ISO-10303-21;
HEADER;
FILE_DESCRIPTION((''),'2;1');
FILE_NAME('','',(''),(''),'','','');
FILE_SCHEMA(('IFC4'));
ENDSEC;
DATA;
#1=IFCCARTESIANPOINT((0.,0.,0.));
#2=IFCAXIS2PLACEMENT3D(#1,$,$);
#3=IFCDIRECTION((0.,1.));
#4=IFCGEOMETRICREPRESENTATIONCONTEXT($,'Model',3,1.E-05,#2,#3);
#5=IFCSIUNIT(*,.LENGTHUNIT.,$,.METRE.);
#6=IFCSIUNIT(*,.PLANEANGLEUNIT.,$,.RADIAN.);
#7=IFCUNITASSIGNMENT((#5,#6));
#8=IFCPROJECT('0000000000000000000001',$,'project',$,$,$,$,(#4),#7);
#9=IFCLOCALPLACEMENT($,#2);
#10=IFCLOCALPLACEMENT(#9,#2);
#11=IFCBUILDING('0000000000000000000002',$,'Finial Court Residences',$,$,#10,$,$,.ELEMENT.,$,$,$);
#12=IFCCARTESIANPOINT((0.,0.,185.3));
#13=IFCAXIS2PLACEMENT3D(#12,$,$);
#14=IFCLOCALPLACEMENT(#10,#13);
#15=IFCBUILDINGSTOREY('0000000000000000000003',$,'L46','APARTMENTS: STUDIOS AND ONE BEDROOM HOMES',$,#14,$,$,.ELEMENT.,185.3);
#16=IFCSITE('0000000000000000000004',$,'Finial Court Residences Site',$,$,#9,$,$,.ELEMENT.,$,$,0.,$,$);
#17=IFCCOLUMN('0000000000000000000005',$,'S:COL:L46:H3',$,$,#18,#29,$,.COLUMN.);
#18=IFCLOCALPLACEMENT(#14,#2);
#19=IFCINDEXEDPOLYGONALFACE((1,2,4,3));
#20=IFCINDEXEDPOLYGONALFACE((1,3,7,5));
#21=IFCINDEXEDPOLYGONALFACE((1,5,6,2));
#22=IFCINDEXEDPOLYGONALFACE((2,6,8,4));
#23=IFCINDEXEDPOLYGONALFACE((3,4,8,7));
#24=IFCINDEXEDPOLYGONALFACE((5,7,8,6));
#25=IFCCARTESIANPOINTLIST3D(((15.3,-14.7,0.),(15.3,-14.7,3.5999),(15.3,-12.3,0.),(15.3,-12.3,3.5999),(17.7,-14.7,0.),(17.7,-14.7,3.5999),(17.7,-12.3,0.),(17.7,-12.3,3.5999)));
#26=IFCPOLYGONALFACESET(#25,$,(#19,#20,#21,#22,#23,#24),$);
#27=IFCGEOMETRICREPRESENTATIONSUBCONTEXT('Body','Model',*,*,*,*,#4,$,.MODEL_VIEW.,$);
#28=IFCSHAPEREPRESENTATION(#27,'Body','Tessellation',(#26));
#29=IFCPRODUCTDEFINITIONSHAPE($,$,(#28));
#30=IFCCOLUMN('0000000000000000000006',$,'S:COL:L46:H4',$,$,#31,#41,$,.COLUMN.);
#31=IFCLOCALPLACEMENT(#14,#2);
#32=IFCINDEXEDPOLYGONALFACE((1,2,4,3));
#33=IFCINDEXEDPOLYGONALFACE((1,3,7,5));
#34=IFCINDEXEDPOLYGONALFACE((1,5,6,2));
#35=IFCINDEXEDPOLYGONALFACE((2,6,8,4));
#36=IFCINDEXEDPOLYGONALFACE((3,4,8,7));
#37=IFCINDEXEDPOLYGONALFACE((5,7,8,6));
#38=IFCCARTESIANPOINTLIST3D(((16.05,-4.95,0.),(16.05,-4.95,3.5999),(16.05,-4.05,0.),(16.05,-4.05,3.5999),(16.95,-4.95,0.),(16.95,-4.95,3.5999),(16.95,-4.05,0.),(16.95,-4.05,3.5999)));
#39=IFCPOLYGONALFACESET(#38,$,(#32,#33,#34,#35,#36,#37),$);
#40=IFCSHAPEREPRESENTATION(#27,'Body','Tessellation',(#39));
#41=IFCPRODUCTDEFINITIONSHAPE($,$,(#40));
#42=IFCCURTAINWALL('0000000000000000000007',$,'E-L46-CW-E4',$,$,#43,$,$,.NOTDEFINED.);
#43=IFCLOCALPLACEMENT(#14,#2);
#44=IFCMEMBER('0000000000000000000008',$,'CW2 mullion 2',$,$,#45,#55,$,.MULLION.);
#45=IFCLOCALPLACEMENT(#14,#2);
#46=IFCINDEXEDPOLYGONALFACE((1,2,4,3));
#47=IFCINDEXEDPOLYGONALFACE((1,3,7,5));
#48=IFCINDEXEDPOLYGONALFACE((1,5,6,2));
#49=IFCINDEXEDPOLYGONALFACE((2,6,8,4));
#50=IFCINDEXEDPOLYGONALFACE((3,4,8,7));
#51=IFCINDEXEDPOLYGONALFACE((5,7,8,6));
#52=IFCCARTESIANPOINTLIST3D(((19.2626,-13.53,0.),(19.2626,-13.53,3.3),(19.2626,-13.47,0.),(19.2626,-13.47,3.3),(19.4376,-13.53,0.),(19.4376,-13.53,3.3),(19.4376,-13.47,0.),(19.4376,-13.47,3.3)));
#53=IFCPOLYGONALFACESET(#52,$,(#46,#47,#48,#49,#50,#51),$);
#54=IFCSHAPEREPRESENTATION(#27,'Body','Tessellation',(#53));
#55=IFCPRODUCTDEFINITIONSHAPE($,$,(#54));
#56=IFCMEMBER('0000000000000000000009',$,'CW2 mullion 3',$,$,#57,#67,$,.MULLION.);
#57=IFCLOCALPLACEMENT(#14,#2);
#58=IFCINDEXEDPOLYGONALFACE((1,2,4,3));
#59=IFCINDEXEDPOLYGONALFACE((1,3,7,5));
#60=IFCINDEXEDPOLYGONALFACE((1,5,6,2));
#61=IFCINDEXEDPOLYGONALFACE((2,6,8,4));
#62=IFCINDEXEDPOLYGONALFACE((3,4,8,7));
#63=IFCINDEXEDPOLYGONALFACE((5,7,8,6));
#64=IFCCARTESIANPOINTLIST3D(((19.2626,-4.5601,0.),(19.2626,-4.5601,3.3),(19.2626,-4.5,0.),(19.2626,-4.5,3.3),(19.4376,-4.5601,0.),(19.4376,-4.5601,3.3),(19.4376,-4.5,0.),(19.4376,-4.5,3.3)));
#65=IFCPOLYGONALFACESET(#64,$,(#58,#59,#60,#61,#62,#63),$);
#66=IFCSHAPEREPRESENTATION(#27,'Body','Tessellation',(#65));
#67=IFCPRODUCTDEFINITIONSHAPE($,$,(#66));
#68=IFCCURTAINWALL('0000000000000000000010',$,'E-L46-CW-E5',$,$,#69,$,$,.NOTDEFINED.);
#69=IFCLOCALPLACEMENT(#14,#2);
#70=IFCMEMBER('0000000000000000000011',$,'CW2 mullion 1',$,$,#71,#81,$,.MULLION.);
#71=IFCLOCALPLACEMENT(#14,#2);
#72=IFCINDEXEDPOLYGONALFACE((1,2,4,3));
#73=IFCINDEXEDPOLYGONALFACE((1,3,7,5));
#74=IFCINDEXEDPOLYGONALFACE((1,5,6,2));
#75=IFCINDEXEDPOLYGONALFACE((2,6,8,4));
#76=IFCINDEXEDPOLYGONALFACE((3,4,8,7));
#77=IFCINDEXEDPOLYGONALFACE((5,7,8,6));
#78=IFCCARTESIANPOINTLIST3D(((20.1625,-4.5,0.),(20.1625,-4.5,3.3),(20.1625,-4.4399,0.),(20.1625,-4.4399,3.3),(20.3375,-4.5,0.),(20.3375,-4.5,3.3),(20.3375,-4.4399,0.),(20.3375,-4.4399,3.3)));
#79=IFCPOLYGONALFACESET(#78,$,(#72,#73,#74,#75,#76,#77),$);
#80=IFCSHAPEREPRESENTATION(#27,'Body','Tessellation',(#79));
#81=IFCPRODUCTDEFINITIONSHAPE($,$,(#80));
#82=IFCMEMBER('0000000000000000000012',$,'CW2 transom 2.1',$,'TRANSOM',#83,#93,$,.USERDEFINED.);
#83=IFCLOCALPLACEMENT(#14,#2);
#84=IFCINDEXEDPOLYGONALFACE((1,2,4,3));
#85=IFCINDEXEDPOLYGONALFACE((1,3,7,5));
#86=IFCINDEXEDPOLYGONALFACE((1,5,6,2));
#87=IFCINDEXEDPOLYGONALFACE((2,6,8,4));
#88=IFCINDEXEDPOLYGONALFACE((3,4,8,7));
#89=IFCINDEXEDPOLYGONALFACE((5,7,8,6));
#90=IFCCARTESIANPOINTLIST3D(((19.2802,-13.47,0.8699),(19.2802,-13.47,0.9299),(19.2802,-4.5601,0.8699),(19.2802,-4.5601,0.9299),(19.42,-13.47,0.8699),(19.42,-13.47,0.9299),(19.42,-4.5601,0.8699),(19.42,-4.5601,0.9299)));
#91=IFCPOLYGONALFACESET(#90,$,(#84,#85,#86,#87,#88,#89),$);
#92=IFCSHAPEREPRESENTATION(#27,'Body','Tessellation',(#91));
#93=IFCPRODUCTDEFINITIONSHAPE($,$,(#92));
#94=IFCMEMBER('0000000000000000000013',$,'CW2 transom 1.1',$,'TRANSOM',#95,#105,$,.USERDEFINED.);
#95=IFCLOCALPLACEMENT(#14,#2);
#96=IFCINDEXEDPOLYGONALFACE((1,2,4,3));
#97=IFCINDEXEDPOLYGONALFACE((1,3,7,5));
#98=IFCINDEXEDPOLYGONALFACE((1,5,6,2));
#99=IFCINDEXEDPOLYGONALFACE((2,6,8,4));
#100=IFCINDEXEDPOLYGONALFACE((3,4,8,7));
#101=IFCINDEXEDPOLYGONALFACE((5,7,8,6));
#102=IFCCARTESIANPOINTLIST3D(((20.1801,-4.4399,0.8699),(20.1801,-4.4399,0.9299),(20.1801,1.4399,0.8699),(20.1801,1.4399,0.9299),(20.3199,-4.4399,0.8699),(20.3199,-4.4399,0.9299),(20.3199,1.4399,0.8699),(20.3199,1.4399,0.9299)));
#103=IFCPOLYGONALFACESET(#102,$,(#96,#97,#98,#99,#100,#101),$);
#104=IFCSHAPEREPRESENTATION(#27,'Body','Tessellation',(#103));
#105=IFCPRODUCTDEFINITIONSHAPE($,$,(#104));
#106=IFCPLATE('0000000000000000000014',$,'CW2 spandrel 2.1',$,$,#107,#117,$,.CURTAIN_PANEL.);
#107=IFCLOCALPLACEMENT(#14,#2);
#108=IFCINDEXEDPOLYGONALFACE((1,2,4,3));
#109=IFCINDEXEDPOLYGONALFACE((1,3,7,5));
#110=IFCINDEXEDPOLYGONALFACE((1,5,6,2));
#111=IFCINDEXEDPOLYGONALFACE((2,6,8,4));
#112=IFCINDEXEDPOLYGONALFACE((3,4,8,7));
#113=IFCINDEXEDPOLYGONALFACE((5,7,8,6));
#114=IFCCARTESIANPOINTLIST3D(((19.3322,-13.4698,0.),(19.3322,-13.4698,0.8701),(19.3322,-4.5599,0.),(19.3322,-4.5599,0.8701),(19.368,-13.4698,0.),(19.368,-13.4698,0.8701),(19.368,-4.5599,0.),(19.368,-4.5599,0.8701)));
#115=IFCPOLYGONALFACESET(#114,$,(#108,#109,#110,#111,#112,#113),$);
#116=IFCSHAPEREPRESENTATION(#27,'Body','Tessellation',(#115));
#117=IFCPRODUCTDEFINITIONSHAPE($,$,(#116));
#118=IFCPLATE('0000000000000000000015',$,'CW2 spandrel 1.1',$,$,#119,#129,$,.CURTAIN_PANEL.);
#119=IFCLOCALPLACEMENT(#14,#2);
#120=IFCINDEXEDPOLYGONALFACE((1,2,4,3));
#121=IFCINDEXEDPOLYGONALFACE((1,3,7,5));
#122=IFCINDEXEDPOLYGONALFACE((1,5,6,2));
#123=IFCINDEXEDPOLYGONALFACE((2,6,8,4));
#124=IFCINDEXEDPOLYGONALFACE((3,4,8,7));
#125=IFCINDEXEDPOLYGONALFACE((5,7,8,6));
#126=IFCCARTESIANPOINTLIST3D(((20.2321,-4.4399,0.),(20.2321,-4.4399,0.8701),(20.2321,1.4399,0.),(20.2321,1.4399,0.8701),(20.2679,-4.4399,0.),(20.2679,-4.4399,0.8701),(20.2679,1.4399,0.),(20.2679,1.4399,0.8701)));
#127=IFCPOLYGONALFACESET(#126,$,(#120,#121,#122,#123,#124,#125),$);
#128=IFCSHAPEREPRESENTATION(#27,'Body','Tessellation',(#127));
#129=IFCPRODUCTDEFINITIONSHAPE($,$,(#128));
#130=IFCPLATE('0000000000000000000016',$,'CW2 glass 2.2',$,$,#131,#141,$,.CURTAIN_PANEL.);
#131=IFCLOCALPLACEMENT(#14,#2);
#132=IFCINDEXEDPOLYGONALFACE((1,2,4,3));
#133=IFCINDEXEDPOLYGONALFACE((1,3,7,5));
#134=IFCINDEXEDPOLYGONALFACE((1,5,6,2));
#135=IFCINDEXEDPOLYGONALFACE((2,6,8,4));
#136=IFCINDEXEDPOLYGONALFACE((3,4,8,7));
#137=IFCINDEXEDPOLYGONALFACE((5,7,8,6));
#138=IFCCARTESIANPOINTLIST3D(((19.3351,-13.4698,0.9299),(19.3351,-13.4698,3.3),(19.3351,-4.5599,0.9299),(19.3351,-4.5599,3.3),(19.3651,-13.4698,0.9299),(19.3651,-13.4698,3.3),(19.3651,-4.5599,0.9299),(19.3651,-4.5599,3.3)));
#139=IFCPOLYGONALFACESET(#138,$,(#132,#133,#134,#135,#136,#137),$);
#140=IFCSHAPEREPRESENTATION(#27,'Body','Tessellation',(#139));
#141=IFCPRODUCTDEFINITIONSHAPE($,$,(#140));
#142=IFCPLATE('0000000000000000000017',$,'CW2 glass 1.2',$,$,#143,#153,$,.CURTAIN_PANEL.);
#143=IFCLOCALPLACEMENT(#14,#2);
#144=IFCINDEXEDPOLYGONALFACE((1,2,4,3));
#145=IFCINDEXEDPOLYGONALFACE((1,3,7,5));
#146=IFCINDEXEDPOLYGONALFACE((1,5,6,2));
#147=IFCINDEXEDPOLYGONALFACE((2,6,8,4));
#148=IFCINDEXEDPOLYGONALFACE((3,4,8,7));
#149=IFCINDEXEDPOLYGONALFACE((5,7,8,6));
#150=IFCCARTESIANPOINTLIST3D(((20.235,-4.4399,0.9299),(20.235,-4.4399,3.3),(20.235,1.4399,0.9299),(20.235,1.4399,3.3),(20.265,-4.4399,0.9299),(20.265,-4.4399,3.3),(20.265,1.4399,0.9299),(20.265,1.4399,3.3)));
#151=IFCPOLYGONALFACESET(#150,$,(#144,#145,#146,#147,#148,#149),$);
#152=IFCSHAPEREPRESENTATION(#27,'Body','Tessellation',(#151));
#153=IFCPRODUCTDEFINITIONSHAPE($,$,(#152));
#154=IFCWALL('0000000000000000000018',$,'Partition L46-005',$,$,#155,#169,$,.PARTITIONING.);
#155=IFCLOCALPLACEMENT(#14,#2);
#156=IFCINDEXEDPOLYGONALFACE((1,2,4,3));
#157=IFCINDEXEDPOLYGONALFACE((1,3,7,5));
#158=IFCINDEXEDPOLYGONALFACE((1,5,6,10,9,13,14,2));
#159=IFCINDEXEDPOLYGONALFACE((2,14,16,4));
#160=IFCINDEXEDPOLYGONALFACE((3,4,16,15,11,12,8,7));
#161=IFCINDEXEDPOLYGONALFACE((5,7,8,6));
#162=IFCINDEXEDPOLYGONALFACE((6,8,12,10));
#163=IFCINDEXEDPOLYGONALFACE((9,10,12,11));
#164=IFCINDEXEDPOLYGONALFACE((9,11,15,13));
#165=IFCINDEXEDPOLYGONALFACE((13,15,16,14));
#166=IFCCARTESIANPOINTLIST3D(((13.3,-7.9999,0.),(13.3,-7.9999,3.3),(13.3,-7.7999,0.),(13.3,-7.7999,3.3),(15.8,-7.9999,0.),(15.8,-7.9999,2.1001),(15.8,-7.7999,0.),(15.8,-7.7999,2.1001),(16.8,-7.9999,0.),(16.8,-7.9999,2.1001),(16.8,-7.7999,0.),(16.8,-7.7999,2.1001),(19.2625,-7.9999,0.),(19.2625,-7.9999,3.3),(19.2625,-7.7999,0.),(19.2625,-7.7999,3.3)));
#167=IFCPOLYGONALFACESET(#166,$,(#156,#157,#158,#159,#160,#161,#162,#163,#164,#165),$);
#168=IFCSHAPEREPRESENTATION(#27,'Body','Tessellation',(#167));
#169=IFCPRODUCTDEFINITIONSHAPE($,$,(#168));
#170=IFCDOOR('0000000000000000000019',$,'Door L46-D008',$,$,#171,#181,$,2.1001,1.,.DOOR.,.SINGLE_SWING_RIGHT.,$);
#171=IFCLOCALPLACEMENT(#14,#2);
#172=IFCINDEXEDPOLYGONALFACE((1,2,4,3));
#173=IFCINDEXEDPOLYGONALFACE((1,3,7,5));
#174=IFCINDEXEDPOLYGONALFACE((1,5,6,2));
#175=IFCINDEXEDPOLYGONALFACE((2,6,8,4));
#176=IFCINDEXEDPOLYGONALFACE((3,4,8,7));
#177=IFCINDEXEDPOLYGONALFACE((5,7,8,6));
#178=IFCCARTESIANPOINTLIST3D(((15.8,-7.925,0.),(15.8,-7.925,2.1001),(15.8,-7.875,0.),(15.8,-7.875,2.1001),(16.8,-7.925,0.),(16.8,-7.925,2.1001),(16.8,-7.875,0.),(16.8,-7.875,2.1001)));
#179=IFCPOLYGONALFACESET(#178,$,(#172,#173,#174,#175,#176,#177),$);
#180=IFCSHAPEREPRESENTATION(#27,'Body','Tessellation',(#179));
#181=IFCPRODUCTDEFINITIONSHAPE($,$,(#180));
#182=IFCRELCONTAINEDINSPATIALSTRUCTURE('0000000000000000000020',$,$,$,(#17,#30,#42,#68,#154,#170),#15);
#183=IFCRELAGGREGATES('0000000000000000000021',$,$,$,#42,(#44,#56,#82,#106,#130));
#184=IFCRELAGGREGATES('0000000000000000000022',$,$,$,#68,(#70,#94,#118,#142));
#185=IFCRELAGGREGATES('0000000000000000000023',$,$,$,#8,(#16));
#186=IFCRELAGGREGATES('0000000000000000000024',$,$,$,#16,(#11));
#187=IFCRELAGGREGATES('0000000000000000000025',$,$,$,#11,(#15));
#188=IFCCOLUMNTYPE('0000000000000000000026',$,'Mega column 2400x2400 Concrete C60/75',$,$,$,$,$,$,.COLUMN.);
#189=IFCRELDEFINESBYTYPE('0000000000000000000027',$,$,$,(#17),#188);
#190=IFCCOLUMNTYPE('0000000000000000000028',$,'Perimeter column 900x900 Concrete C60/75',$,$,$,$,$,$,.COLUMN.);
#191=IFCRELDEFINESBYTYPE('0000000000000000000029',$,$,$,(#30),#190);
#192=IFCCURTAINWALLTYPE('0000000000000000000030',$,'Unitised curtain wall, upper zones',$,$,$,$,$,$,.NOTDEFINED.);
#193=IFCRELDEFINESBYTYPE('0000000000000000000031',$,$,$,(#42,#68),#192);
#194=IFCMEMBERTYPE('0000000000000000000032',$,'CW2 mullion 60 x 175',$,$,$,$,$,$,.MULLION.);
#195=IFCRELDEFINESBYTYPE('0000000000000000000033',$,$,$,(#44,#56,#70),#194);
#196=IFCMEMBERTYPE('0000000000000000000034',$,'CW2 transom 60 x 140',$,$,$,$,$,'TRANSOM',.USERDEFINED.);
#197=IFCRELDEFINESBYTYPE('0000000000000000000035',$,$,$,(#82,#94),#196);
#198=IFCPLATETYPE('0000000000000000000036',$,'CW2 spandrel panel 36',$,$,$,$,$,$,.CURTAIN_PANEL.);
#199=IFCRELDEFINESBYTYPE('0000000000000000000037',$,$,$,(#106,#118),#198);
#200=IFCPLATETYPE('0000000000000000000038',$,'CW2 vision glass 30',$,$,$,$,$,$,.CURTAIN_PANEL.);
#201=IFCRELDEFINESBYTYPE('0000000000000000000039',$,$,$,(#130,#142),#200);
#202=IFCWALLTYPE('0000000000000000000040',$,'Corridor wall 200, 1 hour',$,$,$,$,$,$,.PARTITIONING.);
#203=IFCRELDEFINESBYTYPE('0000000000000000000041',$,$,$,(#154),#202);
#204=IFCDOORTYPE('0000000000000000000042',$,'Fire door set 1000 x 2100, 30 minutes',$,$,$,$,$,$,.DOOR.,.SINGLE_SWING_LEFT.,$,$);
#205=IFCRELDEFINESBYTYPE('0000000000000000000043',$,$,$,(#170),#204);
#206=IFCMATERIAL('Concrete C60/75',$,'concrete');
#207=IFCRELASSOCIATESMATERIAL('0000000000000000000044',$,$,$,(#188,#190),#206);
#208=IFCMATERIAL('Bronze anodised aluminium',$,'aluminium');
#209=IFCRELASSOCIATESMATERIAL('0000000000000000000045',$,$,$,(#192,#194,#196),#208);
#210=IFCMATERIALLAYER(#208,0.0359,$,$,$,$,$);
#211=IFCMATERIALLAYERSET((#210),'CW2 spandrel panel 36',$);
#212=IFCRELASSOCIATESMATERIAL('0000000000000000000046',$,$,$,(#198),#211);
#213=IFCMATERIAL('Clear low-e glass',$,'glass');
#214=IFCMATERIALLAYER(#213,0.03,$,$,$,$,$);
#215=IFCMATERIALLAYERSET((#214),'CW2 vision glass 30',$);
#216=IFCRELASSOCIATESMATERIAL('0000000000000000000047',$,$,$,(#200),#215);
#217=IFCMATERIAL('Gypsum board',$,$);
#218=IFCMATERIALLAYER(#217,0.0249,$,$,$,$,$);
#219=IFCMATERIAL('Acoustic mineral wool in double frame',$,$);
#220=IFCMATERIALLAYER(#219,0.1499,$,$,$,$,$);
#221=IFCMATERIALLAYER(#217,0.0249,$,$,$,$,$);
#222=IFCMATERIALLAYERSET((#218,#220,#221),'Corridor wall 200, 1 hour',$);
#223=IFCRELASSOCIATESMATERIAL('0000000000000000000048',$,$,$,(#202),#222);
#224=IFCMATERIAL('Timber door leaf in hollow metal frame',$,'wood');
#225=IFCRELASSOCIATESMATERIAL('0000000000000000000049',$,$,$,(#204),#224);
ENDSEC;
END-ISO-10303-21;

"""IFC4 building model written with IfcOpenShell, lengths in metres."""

from ifc_helpers import new_model, si_unit, direction, frame, frame_2d, origin, origin_2d, place, context, subcontext, project, spatial, rectangle, extrude, material, layer, layer_set, material_profile, profile_set, type_object, element, fill, aggregate, save


model = new_model("IFC4")

# Units and contexts
model_context = context("Model", 3, precision=1e-05, world=origin(), true_north=direction((0.0, 1.0)))
body_context = subcontext(model_context, "Body", "Model", "MODEL_VIEW")
ifc_project = project(units=[si_unit("LENGTHUNIT", "METRE"), si_unit("PLANEANGLEUNIT", "RADIAN")], contexts=[model_context])

# Site, building, storey
site_placement = place(None, origin())
site = spatial("IfcSite", under=ifc_project, at=site_placement, Name="Finial Court Residences Site", CompositionType="ELEMENT", RefElevation=0.0)
building_placement = place(site_placement, origin())
building = spatial("IfcBuilding", under=site, at=building_placement, Name="Finial Court Residences", CompositionType="ELEMENT")
storey_placement = place(building_placement, frame((0.0, 0.0, 185.3)))
storey = spatial("IfcBuildingStorey", under=building, at=storey_placement, Name="L46", Description="APARTMENTS: STUDIOS AND ONE BEDROOM HOMES", CompositionType="ELEMENT", Elevation=185.3)

# Columns
ifc_material_1 = material(Name="Concrete C60/75", Category="concrete")
ifc_material_profile_1 = material_profile(ifc_material_1, rectangle(XDim=2.3999, YDim=2.3999, at=origin_2d()), Name="2400x2400")
ifc_profile_set_1 = profile_set([ifc_material_profile_1], Name="Concrete C60/75")
column_type_1 = type_object("IfcColumnType", Name="Mega column 2400x2400 Concrete C60/75", PredefinedType="COLUMN", material=ifc_profile_set_1)
column_1_placement = place(storey_placement, frame((16.5, -13.5, 0.0), z_axis=(0.0, 0.0, 1.0), x_axis=(1.0, 0.0, 0.0)))
element("IfcColumn", 1, at=column_1_placement, inside=storey, type_object=column_type_1, Name="S:COL:L46:H3", PredefinedType="COLUMN", context=body_context, shape_type="SweptSolid", body=[
    extrude(rectangle(XDim=2.3999, YDim=2.3999, at=origin_2d()), origin(), (0.0, 0.0, 1.0), 3.5999),
])
ifc_material_profile_2 = material_profile(ifc_material_1, rectangle(XDim=0.8999, YDim=0.8999, at=origin_2d()), Name="900x900")
ifc_profile_set_2 = profile_set([ifc_material_profile_2], Name="Concrete C60/75")
column_type_2 = type_object("IfcColumnType", Name="Perimeter column 900x900 Concrete C60/75", PredefinedType="COLUMN", material=ifc_profile_set_2)
column_2_placement = place(storey_placement, frame((16.5, -4.5, 0.0), z_axis=(0.0, 0.0, 1.0), x_axis=(1.0, 0.0, 0.0)))
element("IfcColumn", 2, at=column_2_placement, inside=storey, type_object=column_type_2, Name="S:COL:L46:H4", PredefinedType="COLUMN", context=body_context, shape_type="SweptSolid", body=[
    extrude(rectangle(XDim=0.8999, YDim=0.8999, at=origin_2d()), origin(), (0.0, 0.0, 1.0), 3.5999),
])

# Curtain wall, members
ifc_material_2 = material(Name="Bronze anodised aluminium", Category="aluminium")
curtain_wall_type = type_object("IfcCurtainWallType", Name="Unitised curtain wall, upper zones", PredefinedType="NOTDEFINED", material=ifc_material_2)
curtain_wall_1_placement = place(storey_placement, origin())
curtain_wall_1 = element("IfcCurtainWall", 3, at=curtain_wall_1_placement, inside=storey, type_object=curtain_wall_type, Name="E-L46-CW-E4", PredefinedType="NOTDEFINED")
ifc_material_profile_3 = material_profile(ifc_material_2, rectangle(XDim=0.175, YDim=0.0601, at=origin_2d()), Name="CW2 mullion 60 x 175")
ifc_profile_set_3 = profile_set([ifc_material_profile_3], Name="Bronze anodised aluminium")
member_type_1 = type_object("IfcMemberType", Name="CW2 mullion 60 x 175", PredefinedType="MULLION", material=ifc_profile_set_3)
member_1_placement = place(storey_placement, frame((19.3501, -13.5, 0.0), z_axis=(0.0, 0.0, 1.0), x_axis=(-1.0, 0.0, 0.0)))
member_1 = element("IfcMember", 4, at=member_1_placement, type_object=member_type_1, Name="CW2 mullion 2", PredefinedType="MULLION", context=body_context, shape_type="SweptSolid", body=[
    extrude(rectangle(XDim=0.175, YDim=0.0601, at=origin_2d()), origin(), (0.0, 0.0, 1.0), 3.3),
])
member_2_placement = place(storey_placement, frame((19.3501, -4.53, 0.0), z_axis=(0.0, 0.0, 1.0), x_axis=(-1.0, 0.0, 0.0)))
member_2 = element("IfcMember", 5, at=member_2_placement, type_object=member_type_1, Name="CW2 mullion 3", PredefinedType="MULLION", context=body_context, shape_type="SweptSolid", body=[
    extrude(rectangle(XDim=0.175, YDim=0.0601, at=origin_2d()), origin(), (0.0, 0.0, 1.0), 3.3),
])

# Curtain wall, member
curtain_wall_2_placement = place(storey_placement, origin())
curtain_wall_2 = element("IfcCurtainWall", 6, at=curtain_wall_2_placement, inside=storey, type_object=curtain_wall_type, Name="E-L46-CW-E5", PredefinedType="NOTDEFINED")
member_3_placement = place(storey_placement, frame((20.25, -4.47, 0.0), z_axis=(0.0, 0.0, 1.0), x_axis=(-1.0, 0.0, 0.0)))
member_3 = element("IfcMember", 7, at=member_3_placement, type_object=member_type_1, Name="CW2 mullion 1", PredefinedType="MULLION", context=body_context, shape_type="SweptSolid", body=[
    extrude(rectangle(XDim=0.175, YDim=0.0601, at=origin_2d()), origin(), (0.0, 0.0, 1.0), 3.3),
])

# Members
ifc_material_profile_4 = material_profile(ifc_material_2, rectangle(XDim=0.1399, YDim=0.0601, at=origin_2d()), Name="CW2 transom 60 x 140")
ifc_profile_set_4 = profile_set([ifc_material_profile_4], Name="Bronze anodised aluminium")
member_type_2 = type_object("IfcMemberType", Name="CW2 transom 60 x 140", ElementType="TRANSOM", PredefinedType="USERDEFINED", material=ifc_profile_set_4)
member_4_placement = place(storey_placement, frame((19.3501, -13.47, 0.8999), z_axis=(0.0, 1.0, 0.0), x_axis=(-1.0, 0.0, 0.0)))
member_4 = element("IfcMember", 8, at=member_4_placement, type_object=member_type_2, Name="CW2 transom 2.1", ObjectType="TRANSOM", PredefinedType="USERDEFINED", context=body_context, shape_type="SweptSolid", body=[
    extrude(rectangle(XDim=0.1399, YDim=0.0601, at=origin_2d()), origin(), (0.0, 0.0, 1.0), 8.9099),
])
member_5_placement = place(storey_placement, frame((20.25, -4.4399, 0.8999), z_axis=(0.0, 1.0, 0.0), x_axis=(-1.0, 0.0, 0.0)))
member_5 = element("IfcMember", 9, at=member_5_placement, type_object=member_type_2, Name="CW2 transom 1.1", ObjectType="TRANSOM", PredefinedType="USERDEFINED", context=body_context, shape_type="SweptSolid", body=[
    extrude(rectangle(XDim=0.1399, YDim=0.0601, at=origin_2d()), origin(), (0.0, 0.0, 1.0), 5.8799),
])

# Plates
ifc_layer_1 = layer(ifc_material_2, 0.0359)
ifc_layer_set_1 = layer_set([ifc_layer_1], Name="CW2 spandrel panel 36")
plate_type_1 = type_object("IfcPlateType", Name="CW2 spandrel panel 36", PredefinedType="CURTAIN_PANEL", material=ifc_layer_set_1)
plate_1_placement = place(storey_placement, frame((19.3501, -9.0149, 0.0), z_axis=(0.0, 0.0, 1.0), x_axis=(0.0, 1.0, 0.0)))
plate_1 = element("IfcPlate", 10, at=plate_1_placement, type_object=plate_type_1, Name="CW2 spandrel 2.1", PredefinedType="CURTAIN_PANEL", context=body_context, shape_type="SweptSolid", body=[
    extrude(rectangle(XDim=8.9099, YDim=0.0359, at=origin_2d()), origin(), (0.0, 0.0, 1.0), 0.8701),
])
plate_2_placement = place(storey_placement, frame((20.25, -1.5, 0.0), z_axis=(0.0, 0.0, 1.0), x_axis=(0.0, 1.0, 0.0)))
plate_2 = element("IfcPlate", 11, at=plate_2_placement, type_object=plate_type_1, Name="CW2 spandrel 1.1", PredefinedType="CURTAIN_PANEL", context=body_context, shape_type="SweptSolid", body=[
    extrude(rectangle(XDim=5.8799, YDim=0.0359, at=origin_2d()), origin(), (0.0, 0.0, 1.0), 0.8701),
])
ifc_material_3 = material(Name="Clear low-e glass", Category="glass")
ifc_layer_2 = layer(ifc_material_3, 0.03)
ifc_layer_set_2 = layer_set([ifc_layer_2], Name="CW2 vision glass 30")
plate_type_2 = type_object("IfcPlateType", Name="CW2 vision glass 30", PredefinedType="CURTAIN_PANEL", material=ifc_layer_set_2)
plate_3_placement = place(storey_placement, frame((19.3501, -9.0149, 0.9299), z_axis=(0.0, 0.0, 1.0), x_axis=(0.0, 1.0, 0.0)))
plate_3 = element("IfcPlate", 12, at=plate_3_placement, type_object=plate_type_2, Name="CW2 glass 2.2", PredefinedType="CURTAIN_PANEL", context=body_context, shape_type="SweptSolid", body=[
    extrude(rectangle(XDim=8.9099, YDim=0.03, at=origin_2d()), origin(), (0.0, 0.0, 1.0), 2.3701),
])
aggregate(curtain_wall_1, [member_1, member_2, member_4, plate_1, plate_3])
plate_4_placement = place(storey_placement, frame((20.25, -1.5, 0.9299), z_axis=(0.0, 0.0, 1.0), x_axis=(0.0, 1.0, 0.0)))
plate_4 = element("IfcPlate", 13, at=plate_4_placement, type_object=plate_type_2, Name="CW2 glass 1.2", PredefinedType="CURTAIN_PANEL", context=body_context, shape_type="SweptSolid", body=[
    extrude(rectangle(XDim=5.8799, YDim=0.03, at=origin_2d()), origin(), (0.0, 0.0, 1.0), 2.3701),
])
aggregate(curtain_wall_2, [member_3, member_5, plate_2, plate_4])

# Wall, opening, door
ifc_material_4 = material(Name="Gypsum board")
ifc_layer_3 = layer(ifc_material_4, 0.0249)
ifc_material_5 = material(Name="Acoustic mineral wool in double frame")
ifc_layer_4 = layer(ifc_material_5, 0.1499)
ifc_layer_5 = layer(ifc_material_4, 0.0249)
ifc_layer_set_3 = layer_set([ifc_layer_3, ifc_layer_4, ifc_layer_5], Name="Corridor wall 200, 1 hour")
wall_type_1 = type_object("IfcWallType", Name="Corridor wall 200, 1 hour", PredefinedType="PARTITIONING", material=ifc_layer_set_3)
wall_1_placement = place(storey_placement, frame((13.3, -7.8999, 0.0), z_axis=(0.0, 0.0, 1.0), x_axis=(1.0, 0.0, 0.0)))
wall_1 = element("IfcWall", 14, at=wall_1_placement, inside=storey, type_object=wall_type_1, Name="Partition L46-005", PredefinedType="PARTITIONING", context=body_context, shape_type="SweptSolid", body=[
    extrude(rectangle(XDim=5.9624, YDim=0.2, at=frame_2d((2.9812, 0.0))), origin(), (0.0, 0.0, 1.0), 3.3),
])
opening_1_placement = place(wall_1_placement, frame((2.5, 0.0, 0.0)))
opening_1 = element("IfcOpeningElement", 15, at=opening_1_placement, cuts=wall_1, PredefinedType="OPENING", context=body_context, shape_type="SweptSolid", body=[
    extrude(rectangle(XDim=1.0, YDim=2.1001, at=frame_2d((0.5, 1.05))), frame((0.0, 0.1099, 0.0), z_axis=(0.0, -1.0, 0.0), x_axis=(1.0, 0.0, 0.0)), (0.0, 0.0, 1.0), 0.22),
])
ifc_material_6 = material(Name="Timber door leaf in hollow metal frame", Category="wood")
door_type_1 = type_object("IfcDoorType", Name="Fire door set 1000 x 2100, 30 minutes", OperationType="SINGLE_SWING_LEFT", PredefinedType="DOOR", material=ifc_material_6)
door_1_placement = place(opening_1_placement, origin())
door_1 = element("IfcDoor", 16, at=door_1_placement, inside=storey, type_object=door_type_1, Name="Door L46-D008", OperationType="SINGLE_SWING_RIGHT", OverallHeight=2.1001, OverallWidth=1.0, PredefinedType="DOOR", context=body_context, shape_type="SweptSolid", body=[
    extrude(rectangle(XDim=1.0, YDim=2.1001, at=frame_2d((0.5, 1.05))), frame((0.0, 0.0249, 0.0), z_axis=(0.0, -1.0, 0.0), x_axis=(1.0, 0.0, 0.0)), (0.0, 0.0, 1.0), 0.05),
])
fill(opening_1, door_1)

save(model, "model.ifc")
